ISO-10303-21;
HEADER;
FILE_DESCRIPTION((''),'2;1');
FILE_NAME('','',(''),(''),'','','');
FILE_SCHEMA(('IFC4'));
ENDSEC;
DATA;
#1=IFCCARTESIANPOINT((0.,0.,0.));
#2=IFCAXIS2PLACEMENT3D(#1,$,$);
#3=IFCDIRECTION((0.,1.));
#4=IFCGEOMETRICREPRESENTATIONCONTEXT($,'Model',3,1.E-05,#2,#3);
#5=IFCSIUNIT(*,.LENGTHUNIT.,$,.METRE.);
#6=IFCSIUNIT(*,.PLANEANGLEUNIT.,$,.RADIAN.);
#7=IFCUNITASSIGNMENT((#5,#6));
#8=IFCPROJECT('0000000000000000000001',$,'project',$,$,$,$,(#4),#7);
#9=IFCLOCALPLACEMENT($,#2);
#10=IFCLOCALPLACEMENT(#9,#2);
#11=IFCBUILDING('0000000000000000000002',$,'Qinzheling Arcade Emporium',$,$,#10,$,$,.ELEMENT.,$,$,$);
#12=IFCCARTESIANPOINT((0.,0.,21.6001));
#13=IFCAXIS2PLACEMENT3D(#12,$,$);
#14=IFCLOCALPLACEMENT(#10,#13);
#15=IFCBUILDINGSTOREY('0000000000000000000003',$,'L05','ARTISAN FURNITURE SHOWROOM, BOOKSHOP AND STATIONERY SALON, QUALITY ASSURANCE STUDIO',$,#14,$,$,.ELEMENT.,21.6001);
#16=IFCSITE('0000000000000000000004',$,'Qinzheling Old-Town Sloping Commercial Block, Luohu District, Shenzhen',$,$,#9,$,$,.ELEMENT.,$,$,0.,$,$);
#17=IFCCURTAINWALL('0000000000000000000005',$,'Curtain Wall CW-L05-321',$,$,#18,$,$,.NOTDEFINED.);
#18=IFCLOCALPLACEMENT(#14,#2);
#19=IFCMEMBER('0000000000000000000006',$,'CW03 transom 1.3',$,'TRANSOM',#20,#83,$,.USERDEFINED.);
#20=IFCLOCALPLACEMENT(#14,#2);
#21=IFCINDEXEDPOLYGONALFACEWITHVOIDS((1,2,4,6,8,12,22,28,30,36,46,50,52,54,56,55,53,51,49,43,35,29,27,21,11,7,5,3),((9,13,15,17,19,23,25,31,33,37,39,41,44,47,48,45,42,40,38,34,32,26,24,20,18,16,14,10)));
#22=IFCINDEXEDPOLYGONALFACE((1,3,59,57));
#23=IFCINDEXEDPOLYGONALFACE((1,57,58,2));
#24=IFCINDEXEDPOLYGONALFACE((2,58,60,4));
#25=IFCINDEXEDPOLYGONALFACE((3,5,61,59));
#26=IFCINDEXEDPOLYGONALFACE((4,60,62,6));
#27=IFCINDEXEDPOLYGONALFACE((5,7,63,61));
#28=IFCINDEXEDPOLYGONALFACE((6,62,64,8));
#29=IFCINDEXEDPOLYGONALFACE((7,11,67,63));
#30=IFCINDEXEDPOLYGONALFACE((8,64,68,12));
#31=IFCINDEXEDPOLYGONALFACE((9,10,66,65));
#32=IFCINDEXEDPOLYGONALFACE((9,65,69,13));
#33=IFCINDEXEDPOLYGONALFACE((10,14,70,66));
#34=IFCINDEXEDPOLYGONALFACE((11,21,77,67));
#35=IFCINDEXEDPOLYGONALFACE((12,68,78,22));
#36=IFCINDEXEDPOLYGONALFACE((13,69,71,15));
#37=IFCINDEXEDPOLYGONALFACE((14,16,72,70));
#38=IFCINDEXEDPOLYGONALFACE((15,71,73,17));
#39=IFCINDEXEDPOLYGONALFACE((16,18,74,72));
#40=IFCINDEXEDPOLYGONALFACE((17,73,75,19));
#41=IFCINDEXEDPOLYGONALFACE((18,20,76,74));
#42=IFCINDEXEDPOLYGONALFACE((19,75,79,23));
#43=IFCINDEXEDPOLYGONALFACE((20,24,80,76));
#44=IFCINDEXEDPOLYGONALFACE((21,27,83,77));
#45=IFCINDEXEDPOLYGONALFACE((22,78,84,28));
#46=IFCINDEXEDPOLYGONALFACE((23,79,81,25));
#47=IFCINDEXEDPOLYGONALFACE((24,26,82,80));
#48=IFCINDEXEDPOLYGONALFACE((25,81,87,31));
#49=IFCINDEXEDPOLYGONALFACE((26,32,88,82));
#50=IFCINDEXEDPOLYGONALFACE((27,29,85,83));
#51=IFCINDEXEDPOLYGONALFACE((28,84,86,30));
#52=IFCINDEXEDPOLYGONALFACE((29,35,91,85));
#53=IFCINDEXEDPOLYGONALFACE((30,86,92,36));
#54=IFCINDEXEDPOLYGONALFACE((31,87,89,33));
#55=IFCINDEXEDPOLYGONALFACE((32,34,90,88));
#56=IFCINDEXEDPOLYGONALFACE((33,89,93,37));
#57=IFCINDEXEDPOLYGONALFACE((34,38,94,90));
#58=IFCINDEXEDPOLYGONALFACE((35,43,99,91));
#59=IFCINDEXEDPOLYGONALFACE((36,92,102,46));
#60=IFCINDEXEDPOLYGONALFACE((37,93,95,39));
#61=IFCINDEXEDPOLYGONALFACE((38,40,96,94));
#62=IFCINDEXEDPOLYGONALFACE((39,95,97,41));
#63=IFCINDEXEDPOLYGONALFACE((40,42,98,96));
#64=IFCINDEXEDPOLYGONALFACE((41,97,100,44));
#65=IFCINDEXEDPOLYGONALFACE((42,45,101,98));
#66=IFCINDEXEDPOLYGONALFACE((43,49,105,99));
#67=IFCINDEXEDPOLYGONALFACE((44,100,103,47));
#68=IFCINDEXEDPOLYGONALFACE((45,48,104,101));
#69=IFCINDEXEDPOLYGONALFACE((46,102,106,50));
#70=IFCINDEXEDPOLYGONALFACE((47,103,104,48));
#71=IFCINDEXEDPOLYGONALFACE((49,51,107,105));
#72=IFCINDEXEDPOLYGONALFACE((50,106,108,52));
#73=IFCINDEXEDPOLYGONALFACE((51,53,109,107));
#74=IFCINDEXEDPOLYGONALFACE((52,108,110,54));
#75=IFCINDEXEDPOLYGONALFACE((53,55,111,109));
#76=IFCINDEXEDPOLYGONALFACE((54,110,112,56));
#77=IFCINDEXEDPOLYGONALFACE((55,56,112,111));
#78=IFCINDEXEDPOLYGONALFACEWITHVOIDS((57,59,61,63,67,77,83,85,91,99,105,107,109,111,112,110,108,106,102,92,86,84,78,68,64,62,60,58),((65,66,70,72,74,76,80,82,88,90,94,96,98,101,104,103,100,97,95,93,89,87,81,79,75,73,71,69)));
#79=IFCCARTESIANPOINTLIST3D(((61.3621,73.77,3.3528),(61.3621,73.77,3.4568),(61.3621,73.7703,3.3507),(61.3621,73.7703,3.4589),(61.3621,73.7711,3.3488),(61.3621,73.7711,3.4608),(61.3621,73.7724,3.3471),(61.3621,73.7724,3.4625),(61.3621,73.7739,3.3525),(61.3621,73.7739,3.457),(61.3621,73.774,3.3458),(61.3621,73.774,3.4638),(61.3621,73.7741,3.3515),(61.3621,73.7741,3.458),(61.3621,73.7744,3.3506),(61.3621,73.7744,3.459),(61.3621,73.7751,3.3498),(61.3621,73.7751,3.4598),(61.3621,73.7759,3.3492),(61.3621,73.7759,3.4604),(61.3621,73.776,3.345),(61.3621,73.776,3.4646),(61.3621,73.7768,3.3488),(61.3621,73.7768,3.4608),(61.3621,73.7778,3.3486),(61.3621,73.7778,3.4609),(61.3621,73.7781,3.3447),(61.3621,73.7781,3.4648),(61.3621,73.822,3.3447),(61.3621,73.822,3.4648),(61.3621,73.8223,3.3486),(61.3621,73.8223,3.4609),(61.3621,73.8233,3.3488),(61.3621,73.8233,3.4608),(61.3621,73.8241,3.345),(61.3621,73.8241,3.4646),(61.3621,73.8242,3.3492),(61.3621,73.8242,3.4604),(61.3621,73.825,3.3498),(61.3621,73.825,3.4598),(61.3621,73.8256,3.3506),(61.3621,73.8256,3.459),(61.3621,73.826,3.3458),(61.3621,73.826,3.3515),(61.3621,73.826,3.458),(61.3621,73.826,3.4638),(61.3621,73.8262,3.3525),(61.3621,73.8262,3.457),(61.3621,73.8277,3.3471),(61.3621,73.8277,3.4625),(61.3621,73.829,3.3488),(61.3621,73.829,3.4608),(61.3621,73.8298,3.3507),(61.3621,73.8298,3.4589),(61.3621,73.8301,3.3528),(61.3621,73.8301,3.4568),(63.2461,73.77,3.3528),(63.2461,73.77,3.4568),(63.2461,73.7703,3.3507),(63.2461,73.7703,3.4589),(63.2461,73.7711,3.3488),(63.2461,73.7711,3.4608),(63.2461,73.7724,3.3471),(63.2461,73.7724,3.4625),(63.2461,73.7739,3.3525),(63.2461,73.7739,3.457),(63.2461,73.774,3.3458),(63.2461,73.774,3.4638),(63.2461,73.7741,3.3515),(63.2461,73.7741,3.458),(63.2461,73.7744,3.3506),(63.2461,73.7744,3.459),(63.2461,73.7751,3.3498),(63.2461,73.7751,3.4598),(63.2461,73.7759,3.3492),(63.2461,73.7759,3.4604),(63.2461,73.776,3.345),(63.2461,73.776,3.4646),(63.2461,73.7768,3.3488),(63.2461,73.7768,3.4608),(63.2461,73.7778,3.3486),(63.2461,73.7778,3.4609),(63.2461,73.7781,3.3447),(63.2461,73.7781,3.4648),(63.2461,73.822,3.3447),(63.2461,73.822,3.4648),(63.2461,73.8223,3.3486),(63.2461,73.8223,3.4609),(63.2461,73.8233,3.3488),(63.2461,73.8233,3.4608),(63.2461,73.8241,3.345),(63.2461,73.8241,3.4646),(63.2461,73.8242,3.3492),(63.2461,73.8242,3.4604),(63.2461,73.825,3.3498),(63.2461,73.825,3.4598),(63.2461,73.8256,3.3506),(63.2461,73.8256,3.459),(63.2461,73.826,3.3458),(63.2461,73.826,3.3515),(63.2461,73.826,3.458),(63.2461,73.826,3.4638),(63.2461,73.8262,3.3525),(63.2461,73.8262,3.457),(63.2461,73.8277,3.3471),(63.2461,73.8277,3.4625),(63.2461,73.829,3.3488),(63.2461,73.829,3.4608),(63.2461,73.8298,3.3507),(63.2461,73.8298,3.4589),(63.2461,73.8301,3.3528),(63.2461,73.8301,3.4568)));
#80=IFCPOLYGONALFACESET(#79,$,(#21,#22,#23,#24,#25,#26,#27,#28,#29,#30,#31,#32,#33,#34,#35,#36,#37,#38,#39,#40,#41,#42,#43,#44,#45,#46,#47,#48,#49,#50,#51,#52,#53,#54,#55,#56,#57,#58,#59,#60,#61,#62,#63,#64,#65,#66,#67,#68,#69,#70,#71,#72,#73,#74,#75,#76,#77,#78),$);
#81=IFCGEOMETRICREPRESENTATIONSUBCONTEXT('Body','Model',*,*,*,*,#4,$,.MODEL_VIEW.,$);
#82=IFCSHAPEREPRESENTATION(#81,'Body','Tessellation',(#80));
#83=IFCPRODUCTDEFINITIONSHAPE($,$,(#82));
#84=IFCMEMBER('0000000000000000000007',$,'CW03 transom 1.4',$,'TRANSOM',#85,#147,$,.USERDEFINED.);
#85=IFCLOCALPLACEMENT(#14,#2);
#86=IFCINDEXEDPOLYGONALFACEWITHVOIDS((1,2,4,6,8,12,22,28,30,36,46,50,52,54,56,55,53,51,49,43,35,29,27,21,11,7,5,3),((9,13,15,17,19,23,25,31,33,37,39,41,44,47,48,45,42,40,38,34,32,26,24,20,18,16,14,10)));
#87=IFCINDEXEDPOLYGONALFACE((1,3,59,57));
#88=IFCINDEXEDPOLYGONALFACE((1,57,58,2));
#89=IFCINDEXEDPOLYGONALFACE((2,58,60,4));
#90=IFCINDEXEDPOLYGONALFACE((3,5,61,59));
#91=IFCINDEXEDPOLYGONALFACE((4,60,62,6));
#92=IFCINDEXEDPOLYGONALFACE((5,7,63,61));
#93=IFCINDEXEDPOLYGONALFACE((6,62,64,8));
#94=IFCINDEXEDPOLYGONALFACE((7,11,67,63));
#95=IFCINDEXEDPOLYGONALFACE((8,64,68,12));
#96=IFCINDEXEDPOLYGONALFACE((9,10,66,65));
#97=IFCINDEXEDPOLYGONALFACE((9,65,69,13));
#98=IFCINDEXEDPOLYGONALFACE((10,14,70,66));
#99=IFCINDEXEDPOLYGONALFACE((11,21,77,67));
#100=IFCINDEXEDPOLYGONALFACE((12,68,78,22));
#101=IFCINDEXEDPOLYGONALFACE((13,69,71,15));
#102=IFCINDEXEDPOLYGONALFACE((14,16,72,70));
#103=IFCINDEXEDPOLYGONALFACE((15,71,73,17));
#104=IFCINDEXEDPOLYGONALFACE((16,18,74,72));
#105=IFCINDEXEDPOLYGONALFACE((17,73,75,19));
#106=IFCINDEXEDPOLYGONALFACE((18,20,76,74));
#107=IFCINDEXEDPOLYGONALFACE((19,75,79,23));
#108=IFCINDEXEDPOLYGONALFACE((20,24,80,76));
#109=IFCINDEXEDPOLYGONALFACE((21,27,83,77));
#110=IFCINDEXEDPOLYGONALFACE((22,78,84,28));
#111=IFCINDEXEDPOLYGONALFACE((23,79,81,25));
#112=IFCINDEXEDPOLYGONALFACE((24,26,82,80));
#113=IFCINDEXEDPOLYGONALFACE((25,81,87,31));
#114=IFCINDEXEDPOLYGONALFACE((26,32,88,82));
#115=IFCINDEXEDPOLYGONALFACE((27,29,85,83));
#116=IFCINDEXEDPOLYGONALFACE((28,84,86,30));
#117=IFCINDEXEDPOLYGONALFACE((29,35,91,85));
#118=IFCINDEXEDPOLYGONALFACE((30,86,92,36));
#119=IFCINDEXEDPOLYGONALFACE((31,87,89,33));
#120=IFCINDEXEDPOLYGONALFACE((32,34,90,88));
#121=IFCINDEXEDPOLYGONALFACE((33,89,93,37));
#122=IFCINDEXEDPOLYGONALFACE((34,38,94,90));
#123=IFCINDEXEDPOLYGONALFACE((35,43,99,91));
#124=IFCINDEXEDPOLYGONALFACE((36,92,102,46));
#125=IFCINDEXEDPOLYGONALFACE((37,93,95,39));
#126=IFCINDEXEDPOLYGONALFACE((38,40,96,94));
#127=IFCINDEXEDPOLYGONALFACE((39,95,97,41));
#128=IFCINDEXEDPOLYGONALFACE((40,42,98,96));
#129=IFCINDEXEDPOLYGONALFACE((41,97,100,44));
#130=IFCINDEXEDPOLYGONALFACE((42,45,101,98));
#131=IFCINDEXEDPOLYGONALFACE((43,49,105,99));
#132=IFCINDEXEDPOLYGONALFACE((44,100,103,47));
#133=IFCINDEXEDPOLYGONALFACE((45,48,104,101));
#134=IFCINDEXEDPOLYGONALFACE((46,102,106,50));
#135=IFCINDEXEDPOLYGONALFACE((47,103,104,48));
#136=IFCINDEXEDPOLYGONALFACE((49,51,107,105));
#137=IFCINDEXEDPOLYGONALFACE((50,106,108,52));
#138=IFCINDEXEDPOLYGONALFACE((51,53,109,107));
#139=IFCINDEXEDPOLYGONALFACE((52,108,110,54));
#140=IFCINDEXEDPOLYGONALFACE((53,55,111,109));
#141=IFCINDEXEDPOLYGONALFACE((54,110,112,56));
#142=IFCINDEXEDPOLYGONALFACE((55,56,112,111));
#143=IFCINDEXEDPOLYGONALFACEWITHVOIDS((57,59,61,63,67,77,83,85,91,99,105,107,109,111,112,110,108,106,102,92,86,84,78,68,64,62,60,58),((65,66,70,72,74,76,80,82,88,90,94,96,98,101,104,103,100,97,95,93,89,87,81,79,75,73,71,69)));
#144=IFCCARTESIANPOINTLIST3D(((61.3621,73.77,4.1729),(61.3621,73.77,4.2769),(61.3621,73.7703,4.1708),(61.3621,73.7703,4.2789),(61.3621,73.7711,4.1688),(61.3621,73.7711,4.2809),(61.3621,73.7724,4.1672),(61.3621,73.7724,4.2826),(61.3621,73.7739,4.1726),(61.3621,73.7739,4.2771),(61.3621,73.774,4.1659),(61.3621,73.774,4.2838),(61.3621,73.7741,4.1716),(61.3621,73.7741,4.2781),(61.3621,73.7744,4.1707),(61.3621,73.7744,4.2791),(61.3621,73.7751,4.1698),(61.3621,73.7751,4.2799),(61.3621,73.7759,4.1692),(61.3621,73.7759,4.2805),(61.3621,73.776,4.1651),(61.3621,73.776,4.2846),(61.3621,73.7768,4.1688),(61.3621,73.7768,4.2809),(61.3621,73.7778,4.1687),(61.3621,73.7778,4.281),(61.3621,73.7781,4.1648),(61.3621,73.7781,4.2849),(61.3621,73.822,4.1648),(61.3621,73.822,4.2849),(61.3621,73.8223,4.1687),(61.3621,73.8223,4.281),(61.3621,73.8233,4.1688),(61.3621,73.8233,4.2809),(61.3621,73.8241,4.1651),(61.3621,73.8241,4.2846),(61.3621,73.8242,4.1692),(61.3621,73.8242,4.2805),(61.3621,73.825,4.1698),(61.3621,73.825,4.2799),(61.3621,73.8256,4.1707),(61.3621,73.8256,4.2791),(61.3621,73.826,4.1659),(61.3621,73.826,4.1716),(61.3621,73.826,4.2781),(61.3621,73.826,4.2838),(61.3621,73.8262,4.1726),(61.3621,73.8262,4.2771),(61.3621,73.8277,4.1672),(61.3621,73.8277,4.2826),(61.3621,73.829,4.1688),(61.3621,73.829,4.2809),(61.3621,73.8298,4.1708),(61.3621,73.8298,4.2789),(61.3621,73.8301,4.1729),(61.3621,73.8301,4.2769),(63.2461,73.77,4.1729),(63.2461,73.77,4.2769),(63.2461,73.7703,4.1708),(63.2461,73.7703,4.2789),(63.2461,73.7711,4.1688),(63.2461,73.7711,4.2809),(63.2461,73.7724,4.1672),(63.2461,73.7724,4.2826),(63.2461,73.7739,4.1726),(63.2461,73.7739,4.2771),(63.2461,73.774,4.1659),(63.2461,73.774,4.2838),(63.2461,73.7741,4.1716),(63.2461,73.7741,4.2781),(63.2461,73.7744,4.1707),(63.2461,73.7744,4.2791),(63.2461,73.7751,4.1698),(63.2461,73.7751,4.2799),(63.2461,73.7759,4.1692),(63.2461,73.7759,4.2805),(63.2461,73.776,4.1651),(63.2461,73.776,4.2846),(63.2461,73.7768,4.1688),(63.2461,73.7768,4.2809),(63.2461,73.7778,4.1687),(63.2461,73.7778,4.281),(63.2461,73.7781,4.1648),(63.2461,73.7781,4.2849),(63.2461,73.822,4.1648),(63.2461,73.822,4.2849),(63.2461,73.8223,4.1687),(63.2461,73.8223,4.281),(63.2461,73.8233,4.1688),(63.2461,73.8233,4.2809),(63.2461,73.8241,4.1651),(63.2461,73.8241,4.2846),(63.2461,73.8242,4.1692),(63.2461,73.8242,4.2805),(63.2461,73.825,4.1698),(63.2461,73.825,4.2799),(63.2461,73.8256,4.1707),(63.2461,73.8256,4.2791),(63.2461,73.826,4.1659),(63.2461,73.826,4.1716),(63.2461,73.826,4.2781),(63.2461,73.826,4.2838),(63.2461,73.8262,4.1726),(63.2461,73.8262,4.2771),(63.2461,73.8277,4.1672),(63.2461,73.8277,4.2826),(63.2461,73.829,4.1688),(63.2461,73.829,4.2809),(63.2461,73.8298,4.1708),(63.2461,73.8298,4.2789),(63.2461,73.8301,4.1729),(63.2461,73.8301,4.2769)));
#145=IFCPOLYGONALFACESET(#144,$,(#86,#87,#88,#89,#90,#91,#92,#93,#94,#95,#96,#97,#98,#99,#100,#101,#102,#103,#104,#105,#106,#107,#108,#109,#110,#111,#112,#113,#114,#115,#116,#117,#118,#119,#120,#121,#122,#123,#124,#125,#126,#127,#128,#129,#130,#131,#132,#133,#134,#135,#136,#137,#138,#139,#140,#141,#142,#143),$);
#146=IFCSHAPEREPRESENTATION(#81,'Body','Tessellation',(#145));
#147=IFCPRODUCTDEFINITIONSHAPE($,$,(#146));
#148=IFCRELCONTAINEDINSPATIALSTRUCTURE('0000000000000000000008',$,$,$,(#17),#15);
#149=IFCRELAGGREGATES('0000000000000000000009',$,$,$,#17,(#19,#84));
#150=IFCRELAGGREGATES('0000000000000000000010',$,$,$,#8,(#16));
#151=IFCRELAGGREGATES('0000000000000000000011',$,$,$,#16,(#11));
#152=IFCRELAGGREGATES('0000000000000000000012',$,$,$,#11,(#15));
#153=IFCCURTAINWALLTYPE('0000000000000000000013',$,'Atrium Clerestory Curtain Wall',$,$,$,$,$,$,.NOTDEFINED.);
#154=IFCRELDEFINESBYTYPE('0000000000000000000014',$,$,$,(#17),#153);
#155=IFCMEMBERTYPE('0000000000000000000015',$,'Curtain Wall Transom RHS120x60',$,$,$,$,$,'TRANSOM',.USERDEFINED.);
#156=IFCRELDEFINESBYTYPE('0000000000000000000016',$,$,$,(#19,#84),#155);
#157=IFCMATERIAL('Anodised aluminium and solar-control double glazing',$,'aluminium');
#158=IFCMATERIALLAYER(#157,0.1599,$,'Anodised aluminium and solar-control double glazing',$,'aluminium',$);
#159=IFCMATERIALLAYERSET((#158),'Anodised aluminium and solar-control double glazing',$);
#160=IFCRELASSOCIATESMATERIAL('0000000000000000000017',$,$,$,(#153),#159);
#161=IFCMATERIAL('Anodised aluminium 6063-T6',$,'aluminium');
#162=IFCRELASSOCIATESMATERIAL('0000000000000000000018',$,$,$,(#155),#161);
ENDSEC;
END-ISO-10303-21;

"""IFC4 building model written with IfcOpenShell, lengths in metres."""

from ifc_helpers import new_model, si_unit, direction, frame, origin, origin_2d, place, context, subcontext, project, spatial, hollow_rectangle, extrude, material, layer, layer_set, material_profile, profile_set, type_object, element, aggregate, save


model = new_model("IFC4")

# Units and contexts
model_context = context("Model", 3, precision=1e-05, world=origin(), true_north=direction((0.0, 1.0)))
body_context = subcontext(model_context, "Body", "Model", "MODEL_VIEW")
ifc_project = project(units=[si_unit("LENGTHUNIT", "METRE"), si_unit("PLANEANGLEUNIT", "RADIAN")], contexts=[model_context])

# Site, building, storey
site_placement = place(None, origin())
site = spatial("IfcSite", under=ifc_project, at=site_placement, Name="Qinzheling Old-Town Sloping Commercial Block, Luohu District, Shenzhen", CompositionType="ELEMENT", RefElevation=0.0)
building_placement = place(site_placement, origin())
building = spatial("IfcBuilding", under=site, at=building_placement, Name="Qinzheling Arcade Emporium", CompositionType="ELEMENT")
storey_placement = place(building_placement, frame((0.0, 0.0, 21.6001)))
storey = spatial("IfcBuildingStorey", under=building, at=storey_placement, Name="L05", Description="ARTISAN FURNITURE SHOWROOM, BOOKSHOP AND STATIONERY SALON, QUALITY ASSURANCE STUDIO", CompositionType="ELEMENT", Elevation=21.6001)

# Shared definitions
ifc_material_1 = material(Name="Anodised aluminium and solar-control double glazing", Category="aluminium")
ifc_layer_1 = layer(ifc_material_1, 0.1599, Name="Anodised aluminium and solar-control double glazing", Category="aluminium")
ifc_layer_set_1 = layer_set([ifc_layer_1], Name="Anodised aluminium and solar-control double glazing")
curtain_wall_type = type_object("IfcCurtainWallType", Name="Atrium Clerestory Curtain Wall", PredefinedType="NOTDEFINED", material=ifc_layer_set_1)
ifc_material_2 = material(Name="Anodised aluminium 6063-T6", Category="aluminium")

# Curtain wall
curtain_wall_1_placement = place(storey_placement, origin())
curtain_wall_1 = element("IfcCurtainWall", 1, at=curtain_wall_1_placement, inside=storey, type_object=curtain_wall_type, Name="Curtain Wall CW-L05-321", PredefinedType="NOTDEFINED")

# Members
ifc_material_profile_1 = material_profile(ifc_material_2, hollow_rectangle(XDim=0.0601, YDim=0.1201, WallThickness=0.0039, InnerFilletRadius=0.0039, OuterFilletRadius=0.0081, at=origin_2d()), Name="RHS 120x60x4", Category="aluminium")
ifc_profile_set_1 = profile_set([ifc_material_profile_1], Name="Anodised aluminium 6063-T6")
member_type_1 = type_object("IfcMemberType", Name="Curtain Wall Transom RHS120x60", ElementType="TRANSOM", PredefinedType="USERDEFINED", material=ifc_profile_set_1)
member_1_placement = place(storey_placement, frame((61.3621, 73.8, 3.4048), z_axis=(1.0, 0.0, 0.0), x_axis=(0.0, 1.0, 0.0)))
member_1 = element("IfcMember", 2, at=member_1_placement, type_object=member_type_1, Name="CW03 transom 1.3", ObjectType="TRANSOM", PredefinedType="USERDEFINED", context=body_context, shape_type="SweptSolid", body=[
    extrude(hollow_rectangle(XDim=0.0601, YDim=0.1201, WallThickness=0.0039, InnerFilletRadius=0.0039, OuterFilletRadius=0.0081, at=origin_2d()), origin(), (0.0, 0.0, 1.0), 1.884),
])
member_2_placement = place(storey_placement, frame((61.3621, 73.8, 4.2249), z_axis=(1.0, 0.0, 0.0), x_axis=(0.0, 1.0, 0.0)))
member_2 = element("IfcMember", 3, at=member_2_placement, type_object=member_type_1, Name="CW03 transom 1.4", ObjectType="TRANSOM", PredefinedType="USERDEFINED", context=body_context, shape_type="SweptSolid", body=[
    extrude(hollow_rectangle(XDim=0.0601, YDim=0.1201, WallThickness=0.0039, InnerFilletRadius=0.0039, OuterFilletRadius=0.0081, at=origin_2d()), origin(), (0.0, 0.0, 1.0), 1.884),
])

aggregate(curtain_wall_1, [member_1, member_2])

save(model, "model.ifc")
